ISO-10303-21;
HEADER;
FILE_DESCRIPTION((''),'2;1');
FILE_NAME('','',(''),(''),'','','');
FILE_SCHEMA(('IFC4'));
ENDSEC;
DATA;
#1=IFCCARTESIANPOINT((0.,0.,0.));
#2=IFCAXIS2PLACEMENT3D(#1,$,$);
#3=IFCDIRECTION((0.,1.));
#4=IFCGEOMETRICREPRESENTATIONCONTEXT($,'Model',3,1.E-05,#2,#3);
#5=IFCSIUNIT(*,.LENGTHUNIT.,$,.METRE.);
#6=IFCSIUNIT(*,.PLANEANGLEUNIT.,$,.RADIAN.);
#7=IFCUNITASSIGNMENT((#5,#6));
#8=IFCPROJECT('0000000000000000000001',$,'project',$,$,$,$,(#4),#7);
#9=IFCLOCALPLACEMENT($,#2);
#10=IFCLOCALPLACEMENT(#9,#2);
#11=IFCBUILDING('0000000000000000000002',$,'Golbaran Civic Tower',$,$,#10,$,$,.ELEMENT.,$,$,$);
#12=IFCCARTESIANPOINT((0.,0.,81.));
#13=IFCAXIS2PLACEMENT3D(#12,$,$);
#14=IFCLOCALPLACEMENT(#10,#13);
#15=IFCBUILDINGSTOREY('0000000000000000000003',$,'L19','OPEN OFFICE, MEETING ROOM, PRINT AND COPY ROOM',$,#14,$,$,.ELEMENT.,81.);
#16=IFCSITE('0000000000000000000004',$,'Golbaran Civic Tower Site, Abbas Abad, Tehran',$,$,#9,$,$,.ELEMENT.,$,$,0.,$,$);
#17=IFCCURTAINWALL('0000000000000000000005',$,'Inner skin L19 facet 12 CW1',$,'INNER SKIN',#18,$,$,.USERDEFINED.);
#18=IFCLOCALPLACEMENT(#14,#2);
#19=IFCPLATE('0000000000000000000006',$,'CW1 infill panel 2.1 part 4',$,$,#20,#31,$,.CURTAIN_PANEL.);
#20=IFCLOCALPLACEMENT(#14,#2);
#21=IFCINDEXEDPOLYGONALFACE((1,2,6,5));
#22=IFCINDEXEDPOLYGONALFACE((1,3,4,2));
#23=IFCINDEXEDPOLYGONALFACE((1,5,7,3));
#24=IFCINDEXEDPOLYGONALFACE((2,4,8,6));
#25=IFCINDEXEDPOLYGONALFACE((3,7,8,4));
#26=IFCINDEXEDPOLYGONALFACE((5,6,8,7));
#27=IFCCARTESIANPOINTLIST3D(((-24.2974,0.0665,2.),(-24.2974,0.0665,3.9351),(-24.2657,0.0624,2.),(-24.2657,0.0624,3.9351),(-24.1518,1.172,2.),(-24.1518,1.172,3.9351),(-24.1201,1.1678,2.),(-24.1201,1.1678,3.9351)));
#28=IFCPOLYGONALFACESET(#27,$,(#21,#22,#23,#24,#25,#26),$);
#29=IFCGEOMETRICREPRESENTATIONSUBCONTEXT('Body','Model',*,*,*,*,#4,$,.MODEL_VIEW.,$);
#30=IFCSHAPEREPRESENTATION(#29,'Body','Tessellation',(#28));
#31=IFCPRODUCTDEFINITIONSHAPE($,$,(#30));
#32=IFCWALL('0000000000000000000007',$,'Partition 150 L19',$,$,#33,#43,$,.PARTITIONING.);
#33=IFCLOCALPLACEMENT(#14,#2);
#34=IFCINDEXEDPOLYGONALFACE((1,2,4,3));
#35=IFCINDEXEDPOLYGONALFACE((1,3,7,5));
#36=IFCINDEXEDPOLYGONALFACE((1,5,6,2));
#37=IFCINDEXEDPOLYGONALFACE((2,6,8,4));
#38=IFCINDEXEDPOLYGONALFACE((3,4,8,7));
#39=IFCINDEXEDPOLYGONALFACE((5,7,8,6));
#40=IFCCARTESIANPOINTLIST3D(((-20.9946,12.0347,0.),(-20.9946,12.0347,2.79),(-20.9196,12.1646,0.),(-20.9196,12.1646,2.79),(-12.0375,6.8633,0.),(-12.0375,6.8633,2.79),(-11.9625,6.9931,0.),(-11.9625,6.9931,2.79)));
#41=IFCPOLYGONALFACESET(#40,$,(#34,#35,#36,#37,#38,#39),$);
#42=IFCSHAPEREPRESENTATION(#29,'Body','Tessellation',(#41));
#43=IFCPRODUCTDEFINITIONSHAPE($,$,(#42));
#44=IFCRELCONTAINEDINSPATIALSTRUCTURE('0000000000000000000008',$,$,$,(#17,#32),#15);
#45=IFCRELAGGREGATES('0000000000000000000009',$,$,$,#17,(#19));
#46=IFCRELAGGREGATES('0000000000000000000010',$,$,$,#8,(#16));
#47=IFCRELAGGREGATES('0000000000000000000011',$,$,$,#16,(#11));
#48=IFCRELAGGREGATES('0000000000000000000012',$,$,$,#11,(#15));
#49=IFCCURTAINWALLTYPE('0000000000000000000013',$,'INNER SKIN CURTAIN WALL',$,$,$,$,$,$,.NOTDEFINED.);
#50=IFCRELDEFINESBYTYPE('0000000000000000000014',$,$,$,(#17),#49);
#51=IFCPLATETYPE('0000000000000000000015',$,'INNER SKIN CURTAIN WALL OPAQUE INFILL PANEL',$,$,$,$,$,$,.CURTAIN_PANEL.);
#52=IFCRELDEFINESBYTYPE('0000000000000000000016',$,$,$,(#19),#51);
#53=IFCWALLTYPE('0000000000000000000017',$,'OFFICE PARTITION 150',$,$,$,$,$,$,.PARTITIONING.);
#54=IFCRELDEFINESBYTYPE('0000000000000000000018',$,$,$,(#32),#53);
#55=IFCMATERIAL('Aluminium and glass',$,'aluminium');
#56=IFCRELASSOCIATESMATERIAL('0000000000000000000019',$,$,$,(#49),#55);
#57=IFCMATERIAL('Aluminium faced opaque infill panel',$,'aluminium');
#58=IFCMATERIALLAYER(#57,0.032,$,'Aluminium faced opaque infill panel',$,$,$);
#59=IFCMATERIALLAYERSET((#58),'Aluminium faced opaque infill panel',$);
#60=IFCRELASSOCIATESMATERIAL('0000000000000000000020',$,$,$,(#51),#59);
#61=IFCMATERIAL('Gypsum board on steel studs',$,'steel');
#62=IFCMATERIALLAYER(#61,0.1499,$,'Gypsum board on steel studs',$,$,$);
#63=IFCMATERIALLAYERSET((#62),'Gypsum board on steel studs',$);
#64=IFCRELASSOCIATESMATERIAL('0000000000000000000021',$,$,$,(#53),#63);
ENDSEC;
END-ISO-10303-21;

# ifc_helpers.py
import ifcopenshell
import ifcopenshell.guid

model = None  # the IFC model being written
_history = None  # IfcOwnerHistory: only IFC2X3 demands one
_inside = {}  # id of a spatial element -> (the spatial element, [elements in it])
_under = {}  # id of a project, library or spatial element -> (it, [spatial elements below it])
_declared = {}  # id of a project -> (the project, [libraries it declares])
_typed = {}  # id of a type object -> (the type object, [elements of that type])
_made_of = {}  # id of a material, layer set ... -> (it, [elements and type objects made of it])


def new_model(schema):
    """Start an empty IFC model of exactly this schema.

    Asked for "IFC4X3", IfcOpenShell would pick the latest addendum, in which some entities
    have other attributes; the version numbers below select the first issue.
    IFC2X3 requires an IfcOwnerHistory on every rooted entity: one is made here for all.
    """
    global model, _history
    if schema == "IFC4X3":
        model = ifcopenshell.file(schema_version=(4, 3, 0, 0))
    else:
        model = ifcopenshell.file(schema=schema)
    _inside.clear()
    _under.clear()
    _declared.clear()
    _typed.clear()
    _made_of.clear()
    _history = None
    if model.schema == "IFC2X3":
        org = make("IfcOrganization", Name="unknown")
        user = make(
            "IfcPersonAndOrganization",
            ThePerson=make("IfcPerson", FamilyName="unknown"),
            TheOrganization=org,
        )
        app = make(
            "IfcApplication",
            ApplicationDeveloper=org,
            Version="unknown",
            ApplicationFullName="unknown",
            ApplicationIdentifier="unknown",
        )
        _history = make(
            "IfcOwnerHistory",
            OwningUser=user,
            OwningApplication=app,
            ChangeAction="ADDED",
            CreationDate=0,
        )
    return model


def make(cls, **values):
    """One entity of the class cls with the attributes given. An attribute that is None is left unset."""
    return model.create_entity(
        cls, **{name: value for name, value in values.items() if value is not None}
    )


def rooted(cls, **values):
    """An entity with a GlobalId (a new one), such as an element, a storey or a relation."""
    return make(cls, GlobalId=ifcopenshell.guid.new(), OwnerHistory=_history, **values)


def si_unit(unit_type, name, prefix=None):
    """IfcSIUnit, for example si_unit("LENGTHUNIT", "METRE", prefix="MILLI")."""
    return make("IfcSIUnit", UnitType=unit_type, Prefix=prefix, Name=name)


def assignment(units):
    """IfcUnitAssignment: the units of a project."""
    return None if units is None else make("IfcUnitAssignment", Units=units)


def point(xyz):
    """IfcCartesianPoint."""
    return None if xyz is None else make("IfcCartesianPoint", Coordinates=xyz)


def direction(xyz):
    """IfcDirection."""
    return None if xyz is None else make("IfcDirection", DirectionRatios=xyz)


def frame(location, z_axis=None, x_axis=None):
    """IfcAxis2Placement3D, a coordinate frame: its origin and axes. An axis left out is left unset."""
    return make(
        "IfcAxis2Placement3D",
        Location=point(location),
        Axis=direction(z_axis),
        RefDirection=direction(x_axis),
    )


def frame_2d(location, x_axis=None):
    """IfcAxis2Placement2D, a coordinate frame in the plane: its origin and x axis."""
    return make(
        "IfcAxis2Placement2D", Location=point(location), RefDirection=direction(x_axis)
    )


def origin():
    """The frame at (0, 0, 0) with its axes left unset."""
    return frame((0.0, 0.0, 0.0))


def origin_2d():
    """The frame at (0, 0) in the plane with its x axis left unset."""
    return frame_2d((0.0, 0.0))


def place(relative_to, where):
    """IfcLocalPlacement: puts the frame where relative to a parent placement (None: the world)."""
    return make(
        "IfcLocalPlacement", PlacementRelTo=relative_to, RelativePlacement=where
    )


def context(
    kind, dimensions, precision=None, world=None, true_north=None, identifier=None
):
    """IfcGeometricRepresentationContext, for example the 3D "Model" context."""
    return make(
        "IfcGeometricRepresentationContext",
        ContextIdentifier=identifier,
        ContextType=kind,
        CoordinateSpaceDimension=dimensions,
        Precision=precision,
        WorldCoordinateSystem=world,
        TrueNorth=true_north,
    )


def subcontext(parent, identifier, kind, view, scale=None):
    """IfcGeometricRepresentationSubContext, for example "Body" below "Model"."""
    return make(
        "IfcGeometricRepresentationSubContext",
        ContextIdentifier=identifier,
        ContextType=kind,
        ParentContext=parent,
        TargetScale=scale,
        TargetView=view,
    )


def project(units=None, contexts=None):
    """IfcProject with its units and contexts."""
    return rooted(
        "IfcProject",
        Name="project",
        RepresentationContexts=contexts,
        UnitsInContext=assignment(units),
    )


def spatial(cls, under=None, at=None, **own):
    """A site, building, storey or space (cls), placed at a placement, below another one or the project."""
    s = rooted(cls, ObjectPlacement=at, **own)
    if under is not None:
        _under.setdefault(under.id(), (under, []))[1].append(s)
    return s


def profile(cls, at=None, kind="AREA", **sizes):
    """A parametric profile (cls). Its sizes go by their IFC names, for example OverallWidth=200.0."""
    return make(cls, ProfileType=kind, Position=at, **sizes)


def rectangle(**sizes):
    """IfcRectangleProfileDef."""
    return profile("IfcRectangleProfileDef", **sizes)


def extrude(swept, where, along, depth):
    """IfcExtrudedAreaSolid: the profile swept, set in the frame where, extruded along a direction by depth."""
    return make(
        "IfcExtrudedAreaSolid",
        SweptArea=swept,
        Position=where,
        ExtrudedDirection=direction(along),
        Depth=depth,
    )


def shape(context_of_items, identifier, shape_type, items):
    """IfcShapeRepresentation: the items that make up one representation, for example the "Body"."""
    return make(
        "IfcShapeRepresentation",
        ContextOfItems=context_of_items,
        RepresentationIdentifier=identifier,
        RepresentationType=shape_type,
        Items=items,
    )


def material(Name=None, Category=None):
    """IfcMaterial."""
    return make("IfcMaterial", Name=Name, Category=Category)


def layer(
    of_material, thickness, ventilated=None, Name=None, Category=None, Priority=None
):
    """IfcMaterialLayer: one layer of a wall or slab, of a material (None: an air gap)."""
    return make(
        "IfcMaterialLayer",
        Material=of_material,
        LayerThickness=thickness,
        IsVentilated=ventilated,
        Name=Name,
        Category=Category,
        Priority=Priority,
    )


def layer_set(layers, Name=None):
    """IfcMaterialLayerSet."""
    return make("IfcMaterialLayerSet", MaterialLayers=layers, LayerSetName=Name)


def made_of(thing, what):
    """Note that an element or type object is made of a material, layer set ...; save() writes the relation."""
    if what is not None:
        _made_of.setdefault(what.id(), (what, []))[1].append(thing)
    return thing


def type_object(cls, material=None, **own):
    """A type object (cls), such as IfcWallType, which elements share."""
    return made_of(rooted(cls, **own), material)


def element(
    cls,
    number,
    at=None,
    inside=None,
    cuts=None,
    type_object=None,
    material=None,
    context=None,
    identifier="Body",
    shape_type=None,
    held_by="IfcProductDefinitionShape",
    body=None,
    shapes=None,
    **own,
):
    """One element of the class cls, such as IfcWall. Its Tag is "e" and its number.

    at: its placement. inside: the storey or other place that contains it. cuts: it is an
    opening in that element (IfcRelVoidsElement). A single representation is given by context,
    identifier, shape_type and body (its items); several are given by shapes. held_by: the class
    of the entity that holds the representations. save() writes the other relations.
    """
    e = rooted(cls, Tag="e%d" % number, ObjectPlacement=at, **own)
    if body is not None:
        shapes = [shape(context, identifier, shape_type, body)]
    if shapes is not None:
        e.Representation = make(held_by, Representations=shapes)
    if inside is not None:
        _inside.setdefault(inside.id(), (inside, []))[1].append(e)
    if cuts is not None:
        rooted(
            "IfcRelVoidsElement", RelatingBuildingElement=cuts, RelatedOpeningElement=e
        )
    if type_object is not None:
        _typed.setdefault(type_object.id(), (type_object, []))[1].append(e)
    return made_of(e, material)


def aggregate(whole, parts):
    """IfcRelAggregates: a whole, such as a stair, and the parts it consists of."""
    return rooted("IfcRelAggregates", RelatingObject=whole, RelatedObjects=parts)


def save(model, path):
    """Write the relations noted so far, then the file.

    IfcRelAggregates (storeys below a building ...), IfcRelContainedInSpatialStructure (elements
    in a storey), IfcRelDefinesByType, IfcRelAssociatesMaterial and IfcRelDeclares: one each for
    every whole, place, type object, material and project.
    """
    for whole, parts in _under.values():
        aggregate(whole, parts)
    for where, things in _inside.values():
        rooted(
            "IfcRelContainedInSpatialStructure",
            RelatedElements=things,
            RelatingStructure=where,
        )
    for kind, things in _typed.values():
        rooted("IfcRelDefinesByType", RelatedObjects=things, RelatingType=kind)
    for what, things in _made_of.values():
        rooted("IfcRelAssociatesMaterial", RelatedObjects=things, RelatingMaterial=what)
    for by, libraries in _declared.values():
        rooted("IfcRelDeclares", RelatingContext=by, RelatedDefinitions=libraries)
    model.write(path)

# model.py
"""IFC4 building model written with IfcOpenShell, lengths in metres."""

from ifc_helpers import new_model, si_unit, direction, frame, frame_2d, origin, origin_2d, place, context, subcontext, project, spatial, rectangle, extrude, material, layer, layer_set, type_object, element, aggregate, save


model = new_model("IFC4")

# Units and contexts
model_context = context("Model", 3, precision=1e-05, world=origin(), true_north=direction((0.0, 1.0)))
body_context = subcontext(model_context, "Body", "Model", "MODEL_VIEW")
ifc_project = project(units=[si_unit("LENGTHUNIT", "METRE"), si_unit("PLANEANGLEUNIT", "RADIAN")], contexts=[model_context])

# Site, building, storey
site_placement = place(None, origin())
site = spatial("IfcSite", under=ifc_project, at=site_placement, Name="Golbaran Civic Tower Site, Abbas Abad, Tehran", CompositionType="ELEMENT", RefElevation=0.0)
building_placement = place(site_placement, origin())
building = spatial("IfcBuilding", under=site, at=building_placement, Name="Golbaran Civic Tower", CompositionType="ELEMENT")
storey_placement = place(building_placement, frame((0.0, 0.0, 81.0)))
storey = spatial("IfcBuildingStorey", under=building, at=storey_placement, Name="L19", Description="OPEN OFFICE, MEETING ROOM, PRINT AND COPY ROOM", CompositionType="ELEMENT", Elevation=81.0)

# Curtain wall
ifc_material_1 = material(Name="Aluminium and glass", Category="aluminium")
curtain_wall_type = type_object("IfcCurtainWallType", Name="INNER SKIN CURTAIN WALL", PredefinedType="NOTDEFINED", material=ifc_material_1)
curtain_wall_1_placement = place(storey_placement, origin())
curtain_wall_1 = element("IfcCurtainWall", 1, at=curtain_wall_1_placement, inside=storey, type_object=curtain_wall_type, Name="Inner skin L19 facet 12 CW1", ObjectType="INNER SKIN", PredefinedType="USERDEFINED")

# Plate
ifc_material_2 = material(Name="Aluminium faced opaque infill panel", Category="aluminium")
ifc_layer_1 = layer(ifc_material_2, 0.032, Name="Aluminium faced opaque infill panel")
ifc_layer_set_1 = layer_set([ifc_layer_1], Name="Aluminium faced opaque infill panel")
plate_type_1 = type_object("IfcPlateType", Name="INNER SKIN CURTAIN WALL OPAQUE INFILL PANEL", PredefinedType="CURTAIN_PANEL", material=ifc_layer_set_1)
plate_1_placement = place(storey_placement, frame((-24.2087, 0.6172, 2.0), z_axis=(0.0, 0.0, 1.0), x_axis=(-0.130526, -0.991445, 0.0)))
plate_1 = element("IfcPlate", 2, at=plate_1_placement, type_object=plate_type_1, Name="CW1 infill panel 2.1 part 4", PredefinedType="CURTAIN_PANEL", context=body_context, shape_type="SweptSolid", body=[
    extrude(rectangle(XDim=1.115, YDim=0.032, at=origin_2d()), origin(), (0.0, 0.0, 1.0), 1.9351),
])
aggregate(curtain_wall_1, [plate_1])

# Wall
ifc_material_3 = material(Name="Gypsum board on steel studs", Category="steel")
ifc_layer_2 = layer(ifc_material_3, 0.1499, Name="Gypsum board on steel studs")
ifc_layer_set_2 = layer_set([ifc_layer_2], Name="Gypsum board on steel studs")
wall_type = type_object("IfcWallType", Name="OFFICE PARTITION 150", PredefinedType="PARTITIONING", material=ifc_layer_set_2)
wall_placement = place(storey_placement, frame((-12.0, 6.9282, 0.0), z_axis=(0.0, 0.0, 1.0), x_axis=(-0.866024, 0.500003, 0.0)))
element("IfcWall", 3, at=wall_placement, inside=storey, type_object=wall_type, Name="Partition 150 L19", PredefinedType="PARTITIONING", context=body_context, shape_type="SweptSolid", body=[
    extrude(rectangle(XDim=10.3428, YDim=0.1499, at=frame_2d((5.1714, 0.0))), origin(), (0.0, 0.0, 1.0), 2.79),
])

save(model, "model.ifc")
